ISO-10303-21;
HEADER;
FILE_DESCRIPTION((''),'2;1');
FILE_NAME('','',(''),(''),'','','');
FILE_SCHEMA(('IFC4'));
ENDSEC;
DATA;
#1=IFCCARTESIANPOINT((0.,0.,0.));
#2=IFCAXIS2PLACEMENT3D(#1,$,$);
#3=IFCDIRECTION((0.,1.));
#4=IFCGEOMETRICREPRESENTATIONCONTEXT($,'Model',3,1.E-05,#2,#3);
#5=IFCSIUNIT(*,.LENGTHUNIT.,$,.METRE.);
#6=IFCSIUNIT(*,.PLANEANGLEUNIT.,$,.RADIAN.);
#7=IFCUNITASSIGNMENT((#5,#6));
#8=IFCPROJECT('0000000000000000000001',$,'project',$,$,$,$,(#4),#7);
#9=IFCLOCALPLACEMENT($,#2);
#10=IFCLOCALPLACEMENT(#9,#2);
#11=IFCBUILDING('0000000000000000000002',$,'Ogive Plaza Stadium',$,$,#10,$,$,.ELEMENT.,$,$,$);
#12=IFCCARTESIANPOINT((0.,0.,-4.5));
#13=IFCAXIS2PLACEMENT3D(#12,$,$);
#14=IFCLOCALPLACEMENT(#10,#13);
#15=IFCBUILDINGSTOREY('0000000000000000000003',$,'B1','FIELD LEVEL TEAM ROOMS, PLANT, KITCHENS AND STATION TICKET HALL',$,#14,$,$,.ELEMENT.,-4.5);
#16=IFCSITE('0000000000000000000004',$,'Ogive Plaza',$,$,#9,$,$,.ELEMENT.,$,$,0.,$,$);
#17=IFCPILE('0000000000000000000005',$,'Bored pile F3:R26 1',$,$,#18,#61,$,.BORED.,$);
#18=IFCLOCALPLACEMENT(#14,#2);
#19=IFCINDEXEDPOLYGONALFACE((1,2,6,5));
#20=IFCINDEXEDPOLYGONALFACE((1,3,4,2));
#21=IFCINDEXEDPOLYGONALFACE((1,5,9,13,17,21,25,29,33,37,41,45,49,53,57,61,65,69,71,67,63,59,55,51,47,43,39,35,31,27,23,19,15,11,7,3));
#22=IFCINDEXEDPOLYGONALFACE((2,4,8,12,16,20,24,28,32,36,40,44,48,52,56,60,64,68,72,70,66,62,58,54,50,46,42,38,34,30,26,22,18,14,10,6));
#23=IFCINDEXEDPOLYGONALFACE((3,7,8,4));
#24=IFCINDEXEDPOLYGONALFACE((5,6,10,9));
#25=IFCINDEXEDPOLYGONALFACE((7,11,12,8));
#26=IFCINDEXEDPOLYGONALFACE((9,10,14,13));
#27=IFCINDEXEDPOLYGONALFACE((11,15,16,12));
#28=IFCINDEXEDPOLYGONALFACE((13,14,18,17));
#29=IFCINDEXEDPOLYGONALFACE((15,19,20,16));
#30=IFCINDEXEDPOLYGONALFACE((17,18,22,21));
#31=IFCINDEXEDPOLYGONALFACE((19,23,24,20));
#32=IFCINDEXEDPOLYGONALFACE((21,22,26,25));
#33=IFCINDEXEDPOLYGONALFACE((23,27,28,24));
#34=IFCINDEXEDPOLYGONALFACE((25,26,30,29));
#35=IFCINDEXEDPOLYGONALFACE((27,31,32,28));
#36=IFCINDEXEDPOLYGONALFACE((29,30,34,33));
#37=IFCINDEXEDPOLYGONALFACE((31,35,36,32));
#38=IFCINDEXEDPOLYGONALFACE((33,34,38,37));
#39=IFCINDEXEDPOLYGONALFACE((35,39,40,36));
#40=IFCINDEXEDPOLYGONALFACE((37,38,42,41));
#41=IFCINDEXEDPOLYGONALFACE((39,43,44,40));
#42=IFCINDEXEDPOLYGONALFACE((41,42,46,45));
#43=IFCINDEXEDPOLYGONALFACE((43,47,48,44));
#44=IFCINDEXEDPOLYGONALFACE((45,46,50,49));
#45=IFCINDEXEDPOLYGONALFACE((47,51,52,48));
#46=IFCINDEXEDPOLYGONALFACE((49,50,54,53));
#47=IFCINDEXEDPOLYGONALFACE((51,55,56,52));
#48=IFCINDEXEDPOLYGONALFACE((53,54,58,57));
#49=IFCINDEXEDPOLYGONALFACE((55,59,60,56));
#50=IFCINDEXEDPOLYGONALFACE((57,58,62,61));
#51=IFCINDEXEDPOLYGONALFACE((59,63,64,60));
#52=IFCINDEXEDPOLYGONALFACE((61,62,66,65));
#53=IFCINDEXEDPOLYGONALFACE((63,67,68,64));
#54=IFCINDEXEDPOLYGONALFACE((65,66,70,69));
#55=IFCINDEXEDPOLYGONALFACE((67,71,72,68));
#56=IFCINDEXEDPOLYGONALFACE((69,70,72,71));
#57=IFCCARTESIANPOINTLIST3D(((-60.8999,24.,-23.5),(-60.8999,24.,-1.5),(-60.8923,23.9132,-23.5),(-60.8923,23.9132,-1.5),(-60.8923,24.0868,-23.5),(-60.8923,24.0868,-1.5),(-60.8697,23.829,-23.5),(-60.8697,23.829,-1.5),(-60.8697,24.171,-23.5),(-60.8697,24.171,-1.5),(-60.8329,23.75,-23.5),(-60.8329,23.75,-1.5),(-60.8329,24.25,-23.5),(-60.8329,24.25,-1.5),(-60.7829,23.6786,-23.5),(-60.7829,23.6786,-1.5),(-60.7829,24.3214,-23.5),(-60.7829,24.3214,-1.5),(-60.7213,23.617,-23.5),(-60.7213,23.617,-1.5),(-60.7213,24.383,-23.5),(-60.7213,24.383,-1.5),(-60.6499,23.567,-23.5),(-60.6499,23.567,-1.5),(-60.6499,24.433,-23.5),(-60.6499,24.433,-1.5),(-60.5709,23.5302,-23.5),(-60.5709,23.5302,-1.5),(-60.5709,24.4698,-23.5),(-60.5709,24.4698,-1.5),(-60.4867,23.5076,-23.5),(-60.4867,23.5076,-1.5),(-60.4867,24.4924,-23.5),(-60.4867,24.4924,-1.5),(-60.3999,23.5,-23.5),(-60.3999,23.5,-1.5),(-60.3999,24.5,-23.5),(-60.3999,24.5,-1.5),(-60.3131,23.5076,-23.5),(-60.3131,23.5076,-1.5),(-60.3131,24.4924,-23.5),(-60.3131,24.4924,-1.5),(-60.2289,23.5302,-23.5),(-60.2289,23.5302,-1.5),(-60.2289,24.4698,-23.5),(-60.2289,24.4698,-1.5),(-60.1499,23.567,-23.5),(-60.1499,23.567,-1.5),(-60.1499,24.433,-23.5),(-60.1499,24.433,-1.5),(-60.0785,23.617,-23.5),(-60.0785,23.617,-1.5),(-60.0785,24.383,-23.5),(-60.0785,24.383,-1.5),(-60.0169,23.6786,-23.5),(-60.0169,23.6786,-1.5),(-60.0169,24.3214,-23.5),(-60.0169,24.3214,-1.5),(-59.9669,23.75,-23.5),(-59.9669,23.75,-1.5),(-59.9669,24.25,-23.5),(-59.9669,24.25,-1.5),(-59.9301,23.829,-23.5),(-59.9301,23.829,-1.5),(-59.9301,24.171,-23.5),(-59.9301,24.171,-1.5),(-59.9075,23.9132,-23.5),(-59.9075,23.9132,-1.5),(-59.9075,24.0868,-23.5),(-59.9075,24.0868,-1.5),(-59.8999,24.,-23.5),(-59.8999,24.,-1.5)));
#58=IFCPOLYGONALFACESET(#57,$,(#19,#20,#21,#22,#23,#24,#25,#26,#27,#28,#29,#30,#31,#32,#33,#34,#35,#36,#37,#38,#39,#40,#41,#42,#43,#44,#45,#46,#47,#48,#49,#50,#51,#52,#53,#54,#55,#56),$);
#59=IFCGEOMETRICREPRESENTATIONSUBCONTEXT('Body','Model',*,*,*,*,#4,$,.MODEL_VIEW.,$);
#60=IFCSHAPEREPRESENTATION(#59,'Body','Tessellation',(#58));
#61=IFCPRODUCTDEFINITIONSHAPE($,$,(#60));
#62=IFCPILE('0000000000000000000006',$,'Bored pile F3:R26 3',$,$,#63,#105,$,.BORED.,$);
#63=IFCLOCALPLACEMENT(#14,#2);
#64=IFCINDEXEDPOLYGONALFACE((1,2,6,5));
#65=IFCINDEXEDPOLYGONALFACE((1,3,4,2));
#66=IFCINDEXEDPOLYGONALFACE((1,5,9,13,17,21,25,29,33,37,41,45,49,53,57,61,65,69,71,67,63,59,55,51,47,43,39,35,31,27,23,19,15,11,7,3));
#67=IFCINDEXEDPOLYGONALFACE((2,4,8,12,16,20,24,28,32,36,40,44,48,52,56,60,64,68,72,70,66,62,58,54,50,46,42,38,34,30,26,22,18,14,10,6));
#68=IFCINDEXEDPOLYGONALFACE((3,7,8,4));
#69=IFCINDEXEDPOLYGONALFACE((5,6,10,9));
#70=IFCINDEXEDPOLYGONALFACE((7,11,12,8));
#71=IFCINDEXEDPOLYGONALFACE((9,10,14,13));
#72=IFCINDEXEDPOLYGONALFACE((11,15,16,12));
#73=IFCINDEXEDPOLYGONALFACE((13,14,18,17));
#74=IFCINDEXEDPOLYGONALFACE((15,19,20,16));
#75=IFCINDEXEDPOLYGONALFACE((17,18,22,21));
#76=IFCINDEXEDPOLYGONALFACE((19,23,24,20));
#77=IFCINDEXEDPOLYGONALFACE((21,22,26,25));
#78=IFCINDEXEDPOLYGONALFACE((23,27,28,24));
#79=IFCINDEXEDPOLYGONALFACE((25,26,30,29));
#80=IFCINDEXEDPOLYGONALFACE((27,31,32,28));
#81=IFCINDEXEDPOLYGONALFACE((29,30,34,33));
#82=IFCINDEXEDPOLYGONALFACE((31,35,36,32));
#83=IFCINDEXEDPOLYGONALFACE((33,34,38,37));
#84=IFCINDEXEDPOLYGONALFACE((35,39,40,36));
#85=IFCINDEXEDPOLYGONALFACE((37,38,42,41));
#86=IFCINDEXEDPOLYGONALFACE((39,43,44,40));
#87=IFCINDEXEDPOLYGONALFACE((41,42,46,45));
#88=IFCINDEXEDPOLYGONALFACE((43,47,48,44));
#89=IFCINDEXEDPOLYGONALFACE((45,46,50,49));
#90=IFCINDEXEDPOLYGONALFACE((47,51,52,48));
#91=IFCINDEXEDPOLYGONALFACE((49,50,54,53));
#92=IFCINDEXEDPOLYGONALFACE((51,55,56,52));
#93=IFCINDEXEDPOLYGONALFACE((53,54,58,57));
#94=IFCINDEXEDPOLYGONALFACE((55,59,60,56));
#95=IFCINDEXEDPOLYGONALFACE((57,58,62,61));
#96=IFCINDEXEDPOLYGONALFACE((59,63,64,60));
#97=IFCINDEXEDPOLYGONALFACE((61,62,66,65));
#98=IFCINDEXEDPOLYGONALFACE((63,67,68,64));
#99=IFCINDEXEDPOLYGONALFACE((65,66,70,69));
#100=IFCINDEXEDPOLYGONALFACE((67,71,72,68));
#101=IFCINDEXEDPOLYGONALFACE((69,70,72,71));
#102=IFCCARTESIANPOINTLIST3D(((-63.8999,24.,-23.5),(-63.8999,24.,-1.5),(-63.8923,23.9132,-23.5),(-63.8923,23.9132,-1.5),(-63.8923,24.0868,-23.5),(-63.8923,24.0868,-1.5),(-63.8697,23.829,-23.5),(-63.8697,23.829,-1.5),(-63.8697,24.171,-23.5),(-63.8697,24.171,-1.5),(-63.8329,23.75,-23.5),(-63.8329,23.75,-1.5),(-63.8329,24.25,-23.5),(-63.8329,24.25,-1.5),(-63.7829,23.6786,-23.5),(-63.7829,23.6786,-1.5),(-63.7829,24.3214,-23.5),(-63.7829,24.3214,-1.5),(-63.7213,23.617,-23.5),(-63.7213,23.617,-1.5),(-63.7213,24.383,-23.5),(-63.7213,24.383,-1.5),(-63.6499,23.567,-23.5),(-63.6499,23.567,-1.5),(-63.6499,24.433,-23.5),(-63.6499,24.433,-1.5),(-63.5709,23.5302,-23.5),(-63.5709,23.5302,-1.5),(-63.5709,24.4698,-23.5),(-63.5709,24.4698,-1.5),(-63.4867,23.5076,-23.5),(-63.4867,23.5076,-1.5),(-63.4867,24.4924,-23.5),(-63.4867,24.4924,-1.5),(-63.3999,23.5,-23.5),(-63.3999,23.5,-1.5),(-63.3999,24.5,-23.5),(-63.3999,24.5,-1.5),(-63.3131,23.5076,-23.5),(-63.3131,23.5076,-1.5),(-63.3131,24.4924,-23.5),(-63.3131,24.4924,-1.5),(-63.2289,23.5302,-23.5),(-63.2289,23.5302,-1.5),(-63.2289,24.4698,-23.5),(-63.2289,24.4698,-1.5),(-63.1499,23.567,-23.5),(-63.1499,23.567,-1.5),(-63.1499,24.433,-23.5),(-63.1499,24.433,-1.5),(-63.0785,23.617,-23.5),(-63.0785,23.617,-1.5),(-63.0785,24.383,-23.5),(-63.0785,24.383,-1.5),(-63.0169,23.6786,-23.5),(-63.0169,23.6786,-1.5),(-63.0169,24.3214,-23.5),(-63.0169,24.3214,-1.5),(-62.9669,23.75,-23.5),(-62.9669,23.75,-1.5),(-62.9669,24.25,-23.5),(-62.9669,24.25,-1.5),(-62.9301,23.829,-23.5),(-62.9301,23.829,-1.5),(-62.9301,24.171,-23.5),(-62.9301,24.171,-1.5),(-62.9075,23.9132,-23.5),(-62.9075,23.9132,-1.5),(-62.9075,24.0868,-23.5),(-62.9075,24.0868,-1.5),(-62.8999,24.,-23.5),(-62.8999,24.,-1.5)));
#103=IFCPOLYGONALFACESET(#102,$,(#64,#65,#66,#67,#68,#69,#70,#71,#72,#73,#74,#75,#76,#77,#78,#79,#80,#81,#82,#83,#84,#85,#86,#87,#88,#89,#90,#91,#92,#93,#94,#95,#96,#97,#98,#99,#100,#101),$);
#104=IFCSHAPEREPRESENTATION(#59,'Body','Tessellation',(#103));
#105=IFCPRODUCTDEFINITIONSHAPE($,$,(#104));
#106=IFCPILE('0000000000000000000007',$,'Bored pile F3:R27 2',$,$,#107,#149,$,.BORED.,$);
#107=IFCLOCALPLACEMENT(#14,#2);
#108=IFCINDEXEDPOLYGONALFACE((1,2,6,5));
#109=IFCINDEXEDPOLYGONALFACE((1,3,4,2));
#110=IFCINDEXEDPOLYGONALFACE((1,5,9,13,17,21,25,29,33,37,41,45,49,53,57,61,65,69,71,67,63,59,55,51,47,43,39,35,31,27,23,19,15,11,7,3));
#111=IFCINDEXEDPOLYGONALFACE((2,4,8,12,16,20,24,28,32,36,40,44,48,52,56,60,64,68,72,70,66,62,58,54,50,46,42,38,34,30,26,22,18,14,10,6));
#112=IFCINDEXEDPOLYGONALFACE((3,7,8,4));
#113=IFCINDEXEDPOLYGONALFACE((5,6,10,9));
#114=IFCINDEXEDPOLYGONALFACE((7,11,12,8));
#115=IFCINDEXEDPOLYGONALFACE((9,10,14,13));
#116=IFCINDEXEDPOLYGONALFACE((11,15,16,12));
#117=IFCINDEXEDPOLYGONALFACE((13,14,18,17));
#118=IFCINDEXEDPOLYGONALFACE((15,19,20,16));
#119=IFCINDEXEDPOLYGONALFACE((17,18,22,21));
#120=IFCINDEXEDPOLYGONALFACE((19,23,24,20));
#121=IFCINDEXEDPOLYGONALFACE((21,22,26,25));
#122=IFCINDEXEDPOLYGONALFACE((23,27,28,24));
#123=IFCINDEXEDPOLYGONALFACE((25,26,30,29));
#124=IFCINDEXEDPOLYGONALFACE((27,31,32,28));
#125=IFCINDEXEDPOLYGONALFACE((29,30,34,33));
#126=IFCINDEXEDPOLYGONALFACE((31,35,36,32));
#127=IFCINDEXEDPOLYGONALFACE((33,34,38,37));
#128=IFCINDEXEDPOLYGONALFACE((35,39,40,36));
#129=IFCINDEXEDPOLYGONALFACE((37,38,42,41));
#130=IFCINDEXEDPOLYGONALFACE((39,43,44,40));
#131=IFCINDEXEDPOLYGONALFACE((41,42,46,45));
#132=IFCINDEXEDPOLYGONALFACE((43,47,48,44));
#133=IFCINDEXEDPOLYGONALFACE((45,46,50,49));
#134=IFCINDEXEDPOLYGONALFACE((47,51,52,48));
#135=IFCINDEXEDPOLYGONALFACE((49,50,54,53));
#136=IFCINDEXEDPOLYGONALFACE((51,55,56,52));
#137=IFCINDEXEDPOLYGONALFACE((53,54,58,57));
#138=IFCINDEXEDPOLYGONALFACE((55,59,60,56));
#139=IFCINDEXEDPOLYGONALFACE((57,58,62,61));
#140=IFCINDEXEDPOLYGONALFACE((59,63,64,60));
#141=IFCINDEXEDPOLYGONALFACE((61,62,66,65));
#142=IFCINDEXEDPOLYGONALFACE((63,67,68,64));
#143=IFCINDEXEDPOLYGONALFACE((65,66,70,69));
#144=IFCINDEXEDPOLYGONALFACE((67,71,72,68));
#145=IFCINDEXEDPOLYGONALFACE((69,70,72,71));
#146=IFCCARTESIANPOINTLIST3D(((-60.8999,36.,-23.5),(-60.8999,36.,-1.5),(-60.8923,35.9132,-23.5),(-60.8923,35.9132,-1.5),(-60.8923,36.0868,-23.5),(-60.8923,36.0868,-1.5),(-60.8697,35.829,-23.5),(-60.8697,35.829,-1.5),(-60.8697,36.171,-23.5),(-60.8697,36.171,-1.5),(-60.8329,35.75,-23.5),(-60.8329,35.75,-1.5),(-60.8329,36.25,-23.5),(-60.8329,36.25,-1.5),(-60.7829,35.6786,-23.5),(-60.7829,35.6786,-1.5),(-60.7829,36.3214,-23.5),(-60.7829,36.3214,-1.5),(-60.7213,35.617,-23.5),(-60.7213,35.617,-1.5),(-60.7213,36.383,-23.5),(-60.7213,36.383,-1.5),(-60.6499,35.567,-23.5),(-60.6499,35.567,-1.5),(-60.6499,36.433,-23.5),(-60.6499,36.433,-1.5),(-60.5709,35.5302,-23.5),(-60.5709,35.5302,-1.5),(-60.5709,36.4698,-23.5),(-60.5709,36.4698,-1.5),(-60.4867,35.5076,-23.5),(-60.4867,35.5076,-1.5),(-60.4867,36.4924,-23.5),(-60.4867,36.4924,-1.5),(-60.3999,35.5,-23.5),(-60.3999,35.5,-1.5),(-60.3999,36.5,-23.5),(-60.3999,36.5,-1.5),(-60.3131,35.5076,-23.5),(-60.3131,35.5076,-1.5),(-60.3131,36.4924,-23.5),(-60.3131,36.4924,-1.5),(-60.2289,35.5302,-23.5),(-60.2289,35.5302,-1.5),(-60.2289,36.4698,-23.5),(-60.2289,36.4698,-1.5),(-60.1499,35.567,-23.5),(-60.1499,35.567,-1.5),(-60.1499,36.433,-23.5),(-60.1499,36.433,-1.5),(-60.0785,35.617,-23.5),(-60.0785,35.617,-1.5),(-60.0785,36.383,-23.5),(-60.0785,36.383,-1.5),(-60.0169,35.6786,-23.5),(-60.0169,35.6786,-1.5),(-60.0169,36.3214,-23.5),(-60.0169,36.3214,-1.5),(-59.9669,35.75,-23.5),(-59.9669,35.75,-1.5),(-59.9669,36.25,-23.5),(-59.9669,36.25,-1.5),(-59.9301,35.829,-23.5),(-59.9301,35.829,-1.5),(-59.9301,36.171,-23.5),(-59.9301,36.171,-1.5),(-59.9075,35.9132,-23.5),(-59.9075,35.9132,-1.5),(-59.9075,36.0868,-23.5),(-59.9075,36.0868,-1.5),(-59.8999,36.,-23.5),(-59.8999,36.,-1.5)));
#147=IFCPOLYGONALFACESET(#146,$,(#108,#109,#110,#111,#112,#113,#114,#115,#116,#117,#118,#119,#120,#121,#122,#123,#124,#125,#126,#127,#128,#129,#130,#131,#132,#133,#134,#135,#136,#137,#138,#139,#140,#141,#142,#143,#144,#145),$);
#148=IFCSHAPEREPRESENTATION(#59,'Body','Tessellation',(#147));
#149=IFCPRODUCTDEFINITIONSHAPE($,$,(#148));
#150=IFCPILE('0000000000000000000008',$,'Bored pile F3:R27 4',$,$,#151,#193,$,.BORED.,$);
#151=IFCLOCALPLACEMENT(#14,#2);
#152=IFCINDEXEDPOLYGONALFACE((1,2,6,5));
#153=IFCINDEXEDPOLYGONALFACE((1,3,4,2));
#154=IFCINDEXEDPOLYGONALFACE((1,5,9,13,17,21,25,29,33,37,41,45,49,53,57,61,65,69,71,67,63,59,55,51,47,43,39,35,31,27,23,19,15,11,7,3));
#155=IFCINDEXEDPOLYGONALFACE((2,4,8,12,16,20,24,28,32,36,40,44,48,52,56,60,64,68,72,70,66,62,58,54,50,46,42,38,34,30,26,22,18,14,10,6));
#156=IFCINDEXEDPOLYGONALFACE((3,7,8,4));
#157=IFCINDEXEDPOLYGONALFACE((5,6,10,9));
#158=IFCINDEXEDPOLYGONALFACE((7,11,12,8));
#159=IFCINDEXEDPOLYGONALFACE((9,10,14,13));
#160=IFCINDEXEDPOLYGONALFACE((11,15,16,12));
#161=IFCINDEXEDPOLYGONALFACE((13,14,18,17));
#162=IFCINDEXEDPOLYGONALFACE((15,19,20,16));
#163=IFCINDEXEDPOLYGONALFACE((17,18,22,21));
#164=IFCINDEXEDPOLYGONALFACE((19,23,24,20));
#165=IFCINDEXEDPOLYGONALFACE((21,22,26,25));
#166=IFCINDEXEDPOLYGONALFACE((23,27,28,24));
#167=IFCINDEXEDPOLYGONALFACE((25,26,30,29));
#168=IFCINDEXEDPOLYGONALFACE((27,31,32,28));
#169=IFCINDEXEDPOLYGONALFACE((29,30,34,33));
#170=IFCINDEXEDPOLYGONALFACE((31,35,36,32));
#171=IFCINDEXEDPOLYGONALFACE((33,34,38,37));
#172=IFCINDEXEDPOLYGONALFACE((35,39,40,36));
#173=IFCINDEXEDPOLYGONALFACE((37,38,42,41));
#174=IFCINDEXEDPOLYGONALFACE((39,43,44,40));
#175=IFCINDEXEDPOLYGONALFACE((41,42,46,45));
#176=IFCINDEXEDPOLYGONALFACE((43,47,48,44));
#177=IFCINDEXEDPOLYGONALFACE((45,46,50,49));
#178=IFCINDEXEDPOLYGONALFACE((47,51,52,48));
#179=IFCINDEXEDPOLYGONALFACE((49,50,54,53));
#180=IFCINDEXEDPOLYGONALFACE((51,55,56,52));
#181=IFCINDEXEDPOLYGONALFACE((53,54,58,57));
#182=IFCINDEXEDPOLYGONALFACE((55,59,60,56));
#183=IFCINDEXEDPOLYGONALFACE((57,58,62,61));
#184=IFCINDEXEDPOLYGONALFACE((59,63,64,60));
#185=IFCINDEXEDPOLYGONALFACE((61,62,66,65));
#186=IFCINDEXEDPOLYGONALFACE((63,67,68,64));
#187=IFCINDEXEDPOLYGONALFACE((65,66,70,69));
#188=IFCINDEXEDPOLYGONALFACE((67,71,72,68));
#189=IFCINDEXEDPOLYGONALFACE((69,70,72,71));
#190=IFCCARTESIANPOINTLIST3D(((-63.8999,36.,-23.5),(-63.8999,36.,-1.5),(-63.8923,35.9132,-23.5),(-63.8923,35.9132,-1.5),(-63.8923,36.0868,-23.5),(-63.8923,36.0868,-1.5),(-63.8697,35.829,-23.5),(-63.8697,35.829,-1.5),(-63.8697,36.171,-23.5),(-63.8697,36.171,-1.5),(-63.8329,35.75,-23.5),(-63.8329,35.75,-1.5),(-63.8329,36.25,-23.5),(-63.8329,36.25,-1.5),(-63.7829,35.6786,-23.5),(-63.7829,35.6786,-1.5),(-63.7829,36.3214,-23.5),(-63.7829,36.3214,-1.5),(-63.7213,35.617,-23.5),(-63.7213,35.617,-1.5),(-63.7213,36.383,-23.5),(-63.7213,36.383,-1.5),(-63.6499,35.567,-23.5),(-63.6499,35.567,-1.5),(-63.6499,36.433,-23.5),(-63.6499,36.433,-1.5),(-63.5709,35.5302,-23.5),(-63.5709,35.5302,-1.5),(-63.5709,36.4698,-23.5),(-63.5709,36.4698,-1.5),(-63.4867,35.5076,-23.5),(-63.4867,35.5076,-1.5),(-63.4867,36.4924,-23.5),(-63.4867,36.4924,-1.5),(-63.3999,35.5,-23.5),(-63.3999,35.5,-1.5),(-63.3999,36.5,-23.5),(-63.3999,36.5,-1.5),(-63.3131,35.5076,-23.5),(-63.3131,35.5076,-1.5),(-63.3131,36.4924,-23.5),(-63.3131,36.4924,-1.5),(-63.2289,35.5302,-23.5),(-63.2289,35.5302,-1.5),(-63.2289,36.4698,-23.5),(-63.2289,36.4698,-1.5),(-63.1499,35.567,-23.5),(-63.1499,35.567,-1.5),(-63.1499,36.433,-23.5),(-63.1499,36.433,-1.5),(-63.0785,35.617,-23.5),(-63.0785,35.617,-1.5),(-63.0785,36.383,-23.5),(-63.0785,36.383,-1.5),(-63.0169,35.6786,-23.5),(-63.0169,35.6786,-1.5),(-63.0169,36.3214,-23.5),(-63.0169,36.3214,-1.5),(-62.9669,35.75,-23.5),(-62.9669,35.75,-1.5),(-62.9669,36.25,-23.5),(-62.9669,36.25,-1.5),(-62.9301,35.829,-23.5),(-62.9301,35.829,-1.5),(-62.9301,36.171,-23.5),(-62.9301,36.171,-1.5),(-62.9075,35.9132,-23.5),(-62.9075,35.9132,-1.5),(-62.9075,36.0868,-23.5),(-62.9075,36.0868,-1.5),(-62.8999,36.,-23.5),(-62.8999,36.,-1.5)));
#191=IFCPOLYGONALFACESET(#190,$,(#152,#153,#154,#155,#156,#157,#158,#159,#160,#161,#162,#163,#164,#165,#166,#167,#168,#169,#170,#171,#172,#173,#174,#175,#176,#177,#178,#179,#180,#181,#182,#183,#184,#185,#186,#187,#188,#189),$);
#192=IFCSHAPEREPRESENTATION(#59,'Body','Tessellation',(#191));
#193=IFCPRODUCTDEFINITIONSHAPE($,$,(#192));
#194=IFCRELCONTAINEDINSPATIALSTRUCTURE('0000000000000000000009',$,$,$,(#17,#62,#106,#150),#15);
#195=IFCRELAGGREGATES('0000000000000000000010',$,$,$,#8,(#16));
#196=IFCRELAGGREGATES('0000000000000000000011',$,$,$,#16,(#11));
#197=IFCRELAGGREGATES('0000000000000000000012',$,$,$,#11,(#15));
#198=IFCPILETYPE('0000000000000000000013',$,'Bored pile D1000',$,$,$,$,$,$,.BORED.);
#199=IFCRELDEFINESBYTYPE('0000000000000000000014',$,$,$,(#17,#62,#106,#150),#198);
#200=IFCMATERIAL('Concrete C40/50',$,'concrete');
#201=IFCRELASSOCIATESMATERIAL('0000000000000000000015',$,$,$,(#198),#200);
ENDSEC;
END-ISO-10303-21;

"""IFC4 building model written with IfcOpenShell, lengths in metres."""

from ifc_helpers import new_model, si_unit, direction, frame, origin, origin_2d, place, context, subcontext, project, spatial, circle, extrude, material, material_profile, profile_set, type_object, element, save


model = new_model("IFC4")

# Units and contexts
model_context = context("Model", 3, precision=1e-05, world=origin(), true_north=direction((0.0, 1.0)))
body_context = subcontext(model_context, "Body", "Model", "MODEL_VIEW")
ifc_project = project(units=[si_unit("LENGTHUNIT", "METRE"), si_unit("PLANEANGLEUNIT", "RADIAN")], contexts=[model_context])

# Site, building, storey
site_placement = place(None, origin())
site = spatial("IfcSite", under=ifc_project, at=site_placement, Name="Ogive Plaza", CompositionType="ELEMENT", RefElevation=0.0)
building_placement = place(site_placement, origin())
building = spatial("IfcBuilding", under=site, at=building_placement, Name="Ogive Plaza Stadium", CompositionType="ELEMENT")
storey_placement = place(building_placement, frame((0.0, 0.0, -4.5)))
storey = spatial("IfcBuildingStorey", under=building, at=storey_placement, Name="B1", Description="FIELD LEVEL TEAM ROOMS, PLANT, KITCHENS AND STATION TICKET HALL", CompositionType="ELEMENT", Elevation=-4.5)

# Piles
ifc_material_1 = material(Name="Concrete C40/50", Category="concrete")
ifc_material_profile_1 = material_profile(ifc_material_1, circle(Radius=0.5, at=origin_2d()), Name="RC D1000")
ifc_profile_set_1 = profile_set([ifc_material_profile_1], Name="Concrete C40/50")
pile_type_1 = type_object("IfcPileType", Name="Bored pile D1000", PredefinedType="BORED", material=ifc_profile_set_1)
for number, where, z_axis, x_axis, name in (
    (1, (-60.3999, 24.0, -1.5), (0.0, 0.0, -1.0), (1.0, 0.0, 0.0), "Bored pile F3:R26 1"),
    (2, (-63.3999, 24.0, -1.5), (0.0, 0.0, -1.0), (1.0, 0.0, 0.0), "Bored pile F3:R26 3"),
    (3, (-60.3999, 36.0, -1.5), (0.0, 0.0, -1.0), (1.0, 0.0, 0.0), "Bored pile F3:R27 2"),
    (4, (-63.3999, 36.0, -1.5), (0.0, 0.0, -1.0), (1.0, 0.0, 0.0), "Bored pile F3:R27 4"),
):
    element("IfcPile", number, at=place(storey_placement, frame(where, z_axis=z_axis, x_axis=x_axis)), inside=storey, type_object=pile_type_1, Name=name, PredefinedType="BORED", context=body_context, shape_type="SweptSolid", body=[
        extrude(circle(Radius=0.5, at=origin_2d()), origin(), (0.0, 0.0, 1.0), 22.0),
    ])

save(model, "model.ifc")
